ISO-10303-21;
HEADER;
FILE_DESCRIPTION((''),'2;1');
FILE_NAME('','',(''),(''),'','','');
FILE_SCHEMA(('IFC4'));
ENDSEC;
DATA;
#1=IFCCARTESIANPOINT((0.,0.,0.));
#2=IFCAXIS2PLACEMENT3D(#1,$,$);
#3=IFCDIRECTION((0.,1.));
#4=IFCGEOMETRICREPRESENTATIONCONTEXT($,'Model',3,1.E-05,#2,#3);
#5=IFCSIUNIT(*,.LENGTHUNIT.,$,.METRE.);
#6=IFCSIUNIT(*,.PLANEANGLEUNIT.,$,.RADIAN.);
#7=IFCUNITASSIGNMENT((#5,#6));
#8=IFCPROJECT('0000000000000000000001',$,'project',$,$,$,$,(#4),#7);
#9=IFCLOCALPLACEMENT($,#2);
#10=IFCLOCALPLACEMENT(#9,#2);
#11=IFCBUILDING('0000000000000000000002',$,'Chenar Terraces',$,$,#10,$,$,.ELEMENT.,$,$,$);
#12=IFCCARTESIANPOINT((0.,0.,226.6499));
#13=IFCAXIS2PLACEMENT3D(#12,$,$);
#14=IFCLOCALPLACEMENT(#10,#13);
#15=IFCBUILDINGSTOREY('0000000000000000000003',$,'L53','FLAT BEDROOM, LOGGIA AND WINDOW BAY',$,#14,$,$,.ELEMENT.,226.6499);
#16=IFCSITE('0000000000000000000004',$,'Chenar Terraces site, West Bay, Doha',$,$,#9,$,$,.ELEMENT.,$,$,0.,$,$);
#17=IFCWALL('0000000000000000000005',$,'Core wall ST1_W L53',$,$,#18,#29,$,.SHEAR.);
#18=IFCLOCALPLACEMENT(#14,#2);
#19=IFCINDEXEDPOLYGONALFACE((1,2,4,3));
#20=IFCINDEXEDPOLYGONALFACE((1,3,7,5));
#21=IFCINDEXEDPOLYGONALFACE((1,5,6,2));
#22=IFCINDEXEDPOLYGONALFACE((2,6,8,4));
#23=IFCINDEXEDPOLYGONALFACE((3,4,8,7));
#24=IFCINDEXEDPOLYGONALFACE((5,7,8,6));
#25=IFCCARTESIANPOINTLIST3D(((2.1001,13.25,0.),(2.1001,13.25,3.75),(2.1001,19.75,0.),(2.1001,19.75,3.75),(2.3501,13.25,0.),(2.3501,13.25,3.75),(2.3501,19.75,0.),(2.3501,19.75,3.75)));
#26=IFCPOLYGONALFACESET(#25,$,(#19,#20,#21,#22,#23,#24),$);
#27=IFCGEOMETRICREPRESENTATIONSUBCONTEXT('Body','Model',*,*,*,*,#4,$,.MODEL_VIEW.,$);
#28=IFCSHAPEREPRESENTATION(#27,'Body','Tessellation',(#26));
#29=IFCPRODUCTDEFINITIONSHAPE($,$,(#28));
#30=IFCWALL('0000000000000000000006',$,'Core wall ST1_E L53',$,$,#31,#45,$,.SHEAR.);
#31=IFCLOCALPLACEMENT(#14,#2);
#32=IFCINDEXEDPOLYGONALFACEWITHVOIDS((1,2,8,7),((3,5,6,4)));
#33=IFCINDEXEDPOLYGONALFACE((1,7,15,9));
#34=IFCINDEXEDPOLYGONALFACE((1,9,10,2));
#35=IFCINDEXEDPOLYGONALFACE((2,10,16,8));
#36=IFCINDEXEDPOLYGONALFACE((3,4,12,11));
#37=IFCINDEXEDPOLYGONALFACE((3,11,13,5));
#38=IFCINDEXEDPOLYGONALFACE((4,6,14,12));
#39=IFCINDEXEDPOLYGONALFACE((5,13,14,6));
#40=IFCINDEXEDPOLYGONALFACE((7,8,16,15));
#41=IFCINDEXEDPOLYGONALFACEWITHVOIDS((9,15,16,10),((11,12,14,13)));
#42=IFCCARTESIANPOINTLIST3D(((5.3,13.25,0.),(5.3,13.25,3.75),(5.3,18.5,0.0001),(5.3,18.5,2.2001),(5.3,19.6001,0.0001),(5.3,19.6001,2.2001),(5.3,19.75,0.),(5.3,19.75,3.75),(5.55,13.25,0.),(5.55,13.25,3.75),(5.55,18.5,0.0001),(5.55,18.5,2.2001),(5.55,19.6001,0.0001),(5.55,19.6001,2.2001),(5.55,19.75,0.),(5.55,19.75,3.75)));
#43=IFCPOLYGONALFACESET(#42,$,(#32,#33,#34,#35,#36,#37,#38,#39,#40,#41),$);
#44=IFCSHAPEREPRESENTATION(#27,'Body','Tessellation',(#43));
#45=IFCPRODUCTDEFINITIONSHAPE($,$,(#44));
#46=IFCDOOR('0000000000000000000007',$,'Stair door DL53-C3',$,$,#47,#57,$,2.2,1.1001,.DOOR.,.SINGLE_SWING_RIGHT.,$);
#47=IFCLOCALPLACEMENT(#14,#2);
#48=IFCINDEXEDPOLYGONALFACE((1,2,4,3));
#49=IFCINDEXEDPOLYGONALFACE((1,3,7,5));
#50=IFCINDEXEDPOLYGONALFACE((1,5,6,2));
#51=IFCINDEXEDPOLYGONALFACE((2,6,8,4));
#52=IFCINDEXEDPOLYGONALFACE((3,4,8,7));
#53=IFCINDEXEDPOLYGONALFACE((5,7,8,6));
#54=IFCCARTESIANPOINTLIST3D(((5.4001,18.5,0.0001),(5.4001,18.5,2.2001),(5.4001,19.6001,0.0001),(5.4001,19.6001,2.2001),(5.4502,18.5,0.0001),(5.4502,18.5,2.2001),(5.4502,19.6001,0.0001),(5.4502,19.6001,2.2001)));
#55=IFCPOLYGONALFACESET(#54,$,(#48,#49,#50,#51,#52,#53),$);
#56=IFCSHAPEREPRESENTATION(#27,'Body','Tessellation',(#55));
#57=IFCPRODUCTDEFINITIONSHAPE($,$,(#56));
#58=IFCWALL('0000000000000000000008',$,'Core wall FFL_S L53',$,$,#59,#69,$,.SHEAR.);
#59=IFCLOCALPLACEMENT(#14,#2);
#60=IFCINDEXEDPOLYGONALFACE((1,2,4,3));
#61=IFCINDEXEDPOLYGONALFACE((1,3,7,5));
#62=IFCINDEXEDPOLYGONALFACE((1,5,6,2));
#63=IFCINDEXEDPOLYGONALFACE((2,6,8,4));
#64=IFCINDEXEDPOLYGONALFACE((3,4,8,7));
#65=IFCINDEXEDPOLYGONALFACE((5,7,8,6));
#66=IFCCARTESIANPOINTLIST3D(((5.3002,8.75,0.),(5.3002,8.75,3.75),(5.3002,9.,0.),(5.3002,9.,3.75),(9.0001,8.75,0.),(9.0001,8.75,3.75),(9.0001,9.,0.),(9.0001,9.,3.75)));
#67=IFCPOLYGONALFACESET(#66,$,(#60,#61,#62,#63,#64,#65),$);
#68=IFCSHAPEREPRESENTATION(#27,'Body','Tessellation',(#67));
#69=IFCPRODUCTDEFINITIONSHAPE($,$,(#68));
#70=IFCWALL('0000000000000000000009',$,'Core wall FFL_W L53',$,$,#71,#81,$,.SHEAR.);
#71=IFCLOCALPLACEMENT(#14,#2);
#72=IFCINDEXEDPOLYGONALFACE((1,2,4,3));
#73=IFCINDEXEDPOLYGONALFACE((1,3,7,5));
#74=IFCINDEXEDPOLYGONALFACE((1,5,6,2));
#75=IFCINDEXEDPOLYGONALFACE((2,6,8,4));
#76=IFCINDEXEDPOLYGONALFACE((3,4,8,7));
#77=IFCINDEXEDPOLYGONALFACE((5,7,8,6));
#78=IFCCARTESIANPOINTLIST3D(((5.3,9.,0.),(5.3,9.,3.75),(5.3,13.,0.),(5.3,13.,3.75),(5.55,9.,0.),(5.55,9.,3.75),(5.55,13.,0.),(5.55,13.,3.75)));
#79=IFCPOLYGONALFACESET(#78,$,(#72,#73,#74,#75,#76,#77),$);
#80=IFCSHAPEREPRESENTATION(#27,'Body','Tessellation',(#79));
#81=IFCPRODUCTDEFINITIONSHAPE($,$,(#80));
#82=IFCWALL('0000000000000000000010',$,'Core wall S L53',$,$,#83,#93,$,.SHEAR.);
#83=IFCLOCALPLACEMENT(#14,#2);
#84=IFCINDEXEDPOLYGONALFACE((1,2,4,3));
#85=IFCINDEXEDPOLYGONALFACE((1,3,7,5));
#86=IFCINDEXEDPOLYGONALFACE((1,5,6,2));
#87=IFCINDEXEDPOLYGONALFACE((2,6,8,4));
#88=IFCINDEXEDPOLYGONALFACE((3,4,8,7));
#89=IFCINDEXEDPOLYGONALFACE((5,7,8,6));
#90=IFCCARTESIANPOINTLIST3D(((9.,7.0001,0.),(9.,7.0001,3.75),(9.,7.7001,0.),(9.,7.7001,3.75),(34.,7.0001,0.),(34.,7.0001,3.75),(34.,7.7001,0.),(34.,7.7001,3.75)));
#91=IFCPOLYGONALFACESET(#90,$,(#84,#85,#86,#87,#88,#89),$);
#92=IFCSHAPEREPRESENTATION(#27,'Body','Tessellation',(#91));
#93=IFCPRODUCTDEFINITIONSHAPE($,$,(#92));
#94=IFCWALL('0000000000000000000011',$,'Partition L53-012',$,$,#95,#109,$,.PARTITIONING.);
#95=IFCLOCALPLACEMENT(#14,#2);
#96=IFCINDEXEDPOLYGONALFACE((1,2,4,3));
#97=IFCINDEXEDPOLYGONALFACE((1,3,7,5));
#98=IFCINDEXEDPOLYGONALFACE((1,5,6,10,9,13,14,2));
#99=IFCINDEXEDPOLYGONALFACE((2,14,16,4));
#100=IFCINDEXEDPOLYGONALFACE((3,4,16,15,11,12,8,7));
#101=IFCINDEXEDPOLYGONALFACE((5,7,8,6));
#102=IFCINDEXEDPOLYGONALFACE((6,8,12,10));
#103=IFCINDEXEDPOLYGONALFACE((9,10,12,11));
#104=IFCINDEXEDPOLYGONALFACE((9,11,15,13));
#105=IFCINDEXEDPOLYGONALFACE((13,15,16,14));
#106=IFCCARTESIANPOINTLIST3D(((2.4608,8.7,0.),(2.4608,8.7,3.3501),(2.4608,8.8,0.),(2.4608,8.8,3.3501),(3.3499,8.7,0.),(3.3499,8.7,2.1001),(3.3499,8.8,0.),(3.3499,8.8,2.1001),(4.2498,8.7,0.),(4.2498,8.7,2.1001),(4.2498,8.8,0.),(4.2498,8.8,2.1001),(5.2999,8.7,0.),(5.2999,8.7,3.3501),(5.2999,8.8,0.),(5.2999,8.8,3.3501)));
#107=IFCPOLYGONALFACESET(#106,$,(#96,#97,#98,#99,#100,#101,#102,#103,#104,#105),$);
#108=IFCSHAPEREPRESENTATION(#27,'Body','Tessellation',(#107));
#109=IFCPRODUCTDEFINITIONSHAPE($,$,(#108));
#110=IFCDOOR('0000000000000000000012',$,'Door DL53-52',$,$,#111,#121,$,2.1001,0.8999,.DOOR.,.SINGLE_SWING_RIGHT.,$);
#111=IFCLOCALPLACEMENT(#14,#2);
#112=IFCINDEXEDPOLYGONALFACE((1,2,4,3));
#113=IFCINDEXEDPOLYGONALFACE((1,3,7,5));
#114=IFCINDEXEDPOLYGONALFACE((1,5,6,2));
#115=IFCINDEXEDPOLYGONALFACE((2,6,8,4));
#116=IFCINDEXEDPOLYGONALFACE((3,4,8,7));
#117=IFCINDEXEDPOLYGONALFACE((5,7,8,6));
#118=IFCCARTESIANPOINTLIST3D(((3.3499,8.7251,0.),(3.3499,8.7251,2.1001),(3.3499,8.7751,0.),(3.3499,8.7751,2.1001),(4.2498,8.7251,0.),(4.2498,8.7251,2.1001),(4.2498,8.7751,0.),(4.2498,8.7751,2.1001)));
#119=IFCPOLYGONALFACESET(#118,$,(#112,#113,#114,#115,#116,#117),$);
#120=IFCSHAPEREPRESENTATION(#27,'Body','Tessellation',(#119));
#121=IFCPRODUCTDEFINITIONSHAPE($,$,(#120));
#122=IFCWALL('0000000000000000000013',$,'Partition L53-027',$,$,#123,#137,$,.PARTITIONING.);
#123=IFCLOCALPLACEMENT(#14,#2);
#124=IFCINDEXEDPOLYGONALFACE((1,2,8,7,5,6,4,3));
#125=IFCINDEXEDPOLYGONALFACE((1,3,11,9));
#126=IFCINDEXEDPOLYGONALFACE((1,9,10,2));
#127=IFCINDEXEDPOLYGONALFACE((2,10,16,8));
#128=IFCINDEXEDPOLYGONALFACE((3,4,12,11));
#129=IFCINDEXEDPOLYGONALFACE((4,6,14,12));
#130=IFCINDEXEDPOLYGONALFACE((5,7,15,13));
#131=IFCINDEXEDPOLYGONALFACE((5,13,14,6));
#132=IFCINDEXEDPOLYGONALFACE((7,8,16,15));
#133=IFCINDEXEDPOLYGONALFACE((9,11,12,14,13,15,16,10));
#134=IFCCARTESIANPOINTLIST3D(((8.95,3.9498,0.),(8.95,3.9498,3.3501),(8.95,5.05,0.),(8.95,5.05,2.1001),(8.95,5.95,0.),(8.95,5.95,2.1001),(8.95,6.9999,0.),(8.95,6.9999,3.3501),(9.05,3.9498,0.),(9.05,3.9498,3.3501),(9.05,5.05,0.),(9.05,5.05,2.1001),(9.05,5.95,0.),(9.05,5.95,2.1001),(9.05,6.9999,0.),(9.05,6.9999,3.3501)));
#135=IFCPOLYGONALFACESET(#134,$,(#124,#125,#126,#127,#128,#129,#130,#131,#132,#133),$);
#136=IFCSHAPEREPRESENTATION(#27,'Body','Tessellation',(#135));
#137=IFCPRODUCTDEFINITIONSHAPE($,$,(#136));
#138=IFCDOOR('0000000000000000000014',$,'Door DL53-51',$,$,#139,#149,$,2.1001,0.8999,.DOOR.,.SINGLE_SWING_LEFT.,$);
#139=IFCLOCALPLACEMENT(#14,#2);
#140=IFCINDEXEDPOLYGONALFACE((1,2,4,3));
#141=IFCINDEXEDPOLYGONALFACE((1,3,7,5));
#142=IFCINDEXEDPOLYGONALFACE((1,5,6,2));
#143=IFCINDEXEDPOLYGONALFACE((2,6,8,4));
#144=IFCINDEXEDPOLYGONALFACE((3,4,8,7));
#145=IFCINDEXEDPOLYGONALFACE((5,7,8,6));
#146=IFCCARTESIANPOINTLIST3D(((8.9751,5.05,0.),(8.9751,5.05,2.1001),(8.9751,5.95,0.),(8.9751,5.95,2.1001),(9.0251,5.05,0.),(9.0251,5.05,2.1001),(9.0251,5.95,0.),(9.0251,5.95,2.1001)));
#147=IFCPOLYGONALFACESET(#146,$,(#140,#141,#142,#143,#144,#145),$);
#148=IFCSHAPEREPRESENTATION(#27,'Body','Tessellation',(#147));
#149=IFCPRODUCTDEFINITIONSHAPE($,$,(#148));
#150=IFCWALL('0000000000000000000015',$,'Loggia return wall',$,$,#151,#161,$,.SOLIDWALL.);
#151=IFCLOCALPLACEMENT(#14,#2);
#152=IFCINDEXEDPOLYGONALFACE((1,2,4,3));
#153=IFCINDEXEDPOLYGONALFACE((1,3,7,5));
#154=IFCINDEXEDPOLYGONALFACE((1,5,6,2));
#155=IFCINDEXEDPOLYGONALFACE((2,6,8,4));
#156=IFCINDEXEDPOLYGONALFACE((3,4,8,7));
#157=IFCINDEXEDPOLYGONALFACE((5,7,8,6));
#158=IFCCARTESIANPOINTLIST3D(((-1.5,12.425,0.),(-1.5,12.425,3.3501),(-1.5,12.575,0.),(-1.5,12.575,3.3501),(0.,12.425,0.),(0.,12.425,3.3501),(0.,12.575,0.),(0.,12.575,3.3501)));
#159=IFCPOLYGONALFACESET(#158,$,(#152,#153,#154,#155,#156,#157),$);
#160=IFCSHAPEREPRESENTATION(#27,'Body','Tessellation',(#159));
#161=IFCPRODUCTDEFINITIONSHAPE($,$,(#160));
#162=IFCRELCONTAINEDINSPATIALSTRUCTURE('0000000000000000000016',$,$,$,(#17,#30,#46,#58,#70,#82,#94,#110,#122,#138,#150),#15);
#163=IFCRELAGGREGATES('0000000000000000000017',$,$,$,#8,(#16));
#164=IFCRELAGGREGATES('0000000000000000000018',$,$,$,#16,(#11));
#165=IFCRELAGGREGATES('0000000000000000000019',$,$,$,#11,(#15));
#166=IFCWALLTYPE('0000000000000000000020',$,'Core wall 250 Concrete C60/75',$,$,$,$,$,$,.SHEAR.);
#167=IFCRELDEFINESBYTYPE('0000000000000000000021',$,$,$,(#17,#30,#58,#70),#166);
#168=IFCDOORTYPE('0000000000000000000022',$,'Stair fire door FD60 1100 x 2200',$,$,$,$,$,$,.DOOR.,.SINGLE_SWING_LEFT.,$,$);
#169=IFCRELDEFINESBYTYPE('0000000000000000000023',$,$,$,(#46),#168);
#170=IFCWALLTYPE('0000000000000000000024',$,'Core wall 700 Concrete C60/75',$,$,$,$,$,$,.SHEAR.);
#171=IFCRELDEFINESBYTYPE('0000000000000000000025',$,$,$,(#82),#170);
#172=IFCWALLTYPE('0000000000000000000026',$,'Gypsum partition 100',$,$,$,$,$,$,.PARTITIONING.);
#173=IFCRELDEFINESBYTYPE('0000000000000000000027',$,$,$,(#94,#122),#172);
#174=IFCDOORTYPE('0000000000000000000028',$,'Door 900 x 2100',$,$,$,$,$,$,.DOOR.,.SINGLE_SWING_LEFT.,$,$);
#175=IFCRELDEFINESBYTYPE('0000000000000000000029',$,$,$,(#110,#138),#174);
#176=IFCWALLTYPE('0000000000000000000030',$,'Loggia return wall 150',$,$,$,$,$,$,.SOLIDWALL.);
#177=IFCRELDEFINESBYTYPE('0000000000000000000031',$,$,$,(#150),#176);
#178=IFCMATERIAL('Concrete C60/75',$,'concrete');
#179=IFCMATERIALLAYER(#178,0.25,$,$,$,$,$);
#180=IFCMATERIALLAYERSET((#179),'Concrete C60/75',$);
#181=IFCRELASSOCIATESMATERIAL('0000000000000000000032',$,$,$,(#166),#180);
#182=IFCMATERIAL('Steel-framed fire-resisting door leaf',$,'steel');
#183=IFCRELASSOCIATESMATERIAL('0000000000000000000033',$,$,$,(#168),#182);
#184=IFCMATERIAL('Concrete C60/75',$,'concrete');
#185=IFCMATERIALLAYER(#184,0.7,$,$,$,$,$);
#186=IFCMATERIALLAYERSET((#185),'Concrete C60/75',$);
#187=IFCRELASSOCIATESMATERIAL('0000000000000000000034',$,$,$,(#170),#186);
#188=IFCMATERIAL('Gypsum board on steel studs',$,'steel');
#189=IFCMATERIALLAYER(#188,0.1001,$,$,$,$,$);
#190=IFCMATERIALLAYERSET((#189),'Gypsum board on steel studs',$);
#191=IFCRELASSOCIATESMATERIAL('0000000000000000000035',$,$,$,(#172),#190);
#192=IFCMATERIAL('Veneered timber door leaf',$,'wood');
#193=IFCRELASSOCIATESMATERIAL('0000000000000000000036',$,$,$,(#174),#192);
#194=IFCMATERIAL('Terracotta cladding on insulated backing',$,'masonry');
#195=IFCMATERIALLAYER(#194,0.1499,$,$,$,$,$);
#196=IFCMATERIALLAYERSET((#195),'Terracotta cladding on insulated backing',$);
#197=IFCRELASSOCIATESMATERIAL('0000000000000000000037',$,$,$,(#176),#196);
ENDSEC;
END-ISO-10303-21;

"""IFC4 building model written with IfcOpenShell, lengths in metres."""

from ifc_helpers import new_model, si_unit, direction, frame, frame_2d, origin, place, context, subcontext, project, spatial, rectangle, extrude, material, layer, layer_set, type_object, element, fill, save


model = new_model("IFC4")

# Units and contexts
model_context = context("Model", 3, precision=1e-05, world=origin(), true_north=direction((0.0, 1.0)))
body_context = subcontext(model_context, "Body", "Model", "MODEL_VIEW")
ifc_project = project(units=[si_unit("LENGTHUNIT", "METRE"), si_unit("PLANEANGLEUNIT", "RADIAN")], contexts=[model_context])

# Site, building, storey
site_placement = place(None, origin())
site = spatial("IfcSite", under=ifc_project, at=site_placement, Name="Chenar Terraces site, West Bay, Doha", CompositionType="ELEMENT", RefElevation=0.0)
building_placement = place(site_placement, origin())
building = spatial("IfcBuilding", under=site, at=building_placement, Name="Chenar Terraces", CompositionType="ELEMENT")
storey_placement = place(building_placement, frame((0.0, 0.0, 226.6499)))
storey = spatial("IfcBuildingStorey", under=building, at=storey_placement, Name="L53", Description="FLAT BEDROOM, LOGGIA AND WINDOW BAY", CompositionType="ELEMENT", Elevation=226.6499)

# Wall
ifc_material_1 = material(Name="Concrete C60/75", Category="concrete")
ifc_layer_1 = layer(ifc_material_1, 0.25)
ifc_layer_set_1 = layer_set([ifc_layer_1], Name="Concrete C60/75")
wall_type_1 = type_object("IfcWallType", Name="Core wall 250 Concrete C60/75", PredefinedType="SHEAR", material=ifc_layer_set_1)
wall_1_placement = place(storey_placement, frame((2.2251, 13.25, 0.0), z_axis=(0.0, 0.0, 1.0), x_axis=(0.0, 1.0, 0.0)))
element("IfcWall", 1, at=wall_1_placement, inside=storey, type_object=wall_type_1, Name="Core wall ST1_W L53", PredefinedType="SHEAR", context=body_context, shape_type="SweptSolid", body=[
    extrude(rectangle(XDim=6.5, YDim=0.25, at=frame_2d((3.25, 0.0))), origin(), (0.0, 0.0, 1.0), 3.75),
])

# Wall, opening, door
wall_2_placement = place(storey_placement, frame((5.425, 13.25, 0.0), z_axis=(0.0, 0.0, 1.0), x_axis=(0.0, 1.0, 0.0)))
wall_2 = element("IfcWall", 2, at=wall_2_placement, inside=storey, type_object=wall_type_1, Name="Core wall ST1_E L53", PredefinedType="SHEAR", context=body_context, shape_type="SweptSolid", body=[
    extrude(rectangle(XDim=6.5, YDim=0.25, at=frame_2d((3.25, 0.0))), origin(), (0.0, 0.0, 1.0), 3.75),
])
opening_1_placement = place(wall_2_placement, frame((5.25, 0.0, 0.0)))
opening_1 = element("IfcOpeningElement", 3, at=opening_1_placement, cuts=wall_2, PredefinedType="OPENING", context=body_context, shape_type="SweptSolid", body=[
    extrude(rectangle(XDim=1.1001, YDim=2.2, at=frame_2d((0.55, 1.1001))), frame((0.0, 0.135, 0.0), z_axis=(0.0, -1.0, 0.0), x_axis=(1.0, 0.0, 0.0)), (0.0, 0.0, 1.0), 0.27),
])
ifc_material_2 = material(Name="Steel-framed fire-resisting door leaf", Category="steel")
door_type_1 = type_object("IfcDoorType", Name="Stair fire door FD60 1100 x 2200", OperationType="SINGLE_SWING_LEFT", PredefinedType="DOOR", material=ifc_material_2)
door_1_placement = place(opening_1_placement, origin())
door_1 = element("IfcDoor", 4, at=door_1_placement, inside=storey, type_object=door_type_1, Name="Stair door DL53-C3", OperationType="SINGLE_SWING_RIGHT", OverallHeight=2.2, OverallWidth=1.1001, PredefinedType="DOOR", context=body_context, shape_type="SweptSolid", body=[
    extrude(rectangle(XDim=1.1001, YDim=2.2, at=frame_2d((0.55, 1.1001))), frame((0.0, 0.0249, 0.0), z_axis=(0.0, -1.0, 0.0), x_axis=(1.0, 0.0, 0.0)), (0.0, 0.0, 1.0), 0.05),
])
fill(opening_1, door_1)

# Walls
wall_3_placement = place(storey_placement, frame((5.3, 8.875, 0.0), z_axis=(0.0, 0.0, 1.0), x_axis=(1.0, 0.0, 0.0)))
element("IfcWall", 5, at=wall_3_placement, inside=storey, type_object=wall_type_1, Name="Core wall FFL_S L53", PredefinedType="SHEAR", context=body_context, shape_type="SweptSolid", body=[
    extrude(rectangle(XDim=3.7, YDim=0.25, at=frame_2d((1.8501, 0.0))), origin(), (0.0, 0.0, 1.0), 3.75),
])
wall_4_placement = place(storey_placement, frame((5.425, 9.0, 0.0), z_axis=(0.0, 0.0, 1.0), x_axis=(0.0, 1.0, 0.0)))
element("IfcWall", 6, at=wall_4_placement, inside=storey, type_object=wall_type_1, Name="Core wall FFL_W L53", PredefinedType="SHEAR", context=body_context, shape_type="SweptSolid", body=[
    extrude(rectangle(XDim=4.0, YDim=0.25, at=frame_2d((2.0, 0.0))), origin(), (0.0, 0.0, 1.0), 3.75),
])
ifc_material_3 = material(Name="Concrete C60/75", Category="concrete")
ifc_layer_2 = layer(ifc_material_3, 0.7)
ifc_layer_set_2 = layer_set([ifc_layer_2], Name="Concrete C60/75")
wall_type_2 = type_object("IfcWallType", Name="Core wall 700 Concrete C60/75", PredefinedType="SHEAR", material=ifc_layer_set_2)
wall_5_placement = place(storey_placement, frame((9.0, 7.3501, 0.0), z_axis=(0.0, 0.0, 1.0), x_axis=(1.0, 0.0, 0.0)))
element("IfcWall", 7, at=wall_5_placement, inside=storey, type_object=wall_type_2, Name="Core wall S L53", PredefinedType="SHEAR", context=body_context, shape_type="SweptSolid", body=[
    extrude(rectangle(XDim=25.0, YDim=0.7, at=frame_2d((12.5, 0.0))), origin(), (0.0, 0.0, 1.0), 3.75),
])

# Walls, openings, doors
ifc_material_4 = material(Name="Gypsum board on steel studs", Category="steel")
ifc_layer_3 = layer(ifc_material_4, 0.1001)
ifc_layer_set_3 = layer_set([ifc_layer_3], Name="Gypsum board on steel studs")
wall_type_3 = type_object("IfcWallType", Name="Gypsum partition 100", PredefinedType="PARTITIONING", material=ifc_layer_set_3)
wall_6_placement = place(storey_placement, frame((2.4609, 8.75, 0.0), z_axis=(0.0, 0.0, 1.0), x_axis=(1.0, 0.0, 0.0)))
wall_6 = element("IfcWall", 8, at=wall_6_placement, inside=storey, type_object=wall_type_3, Name="Partition L53-012", PredefinedType="PARTITIONING", context=body_context, shape_type="SweptSolid", body=[
    extrude(rectangle(XDim=2.8391, YDim=0.1001, at=frame_2d((1.4194, 0.0))), origin(), (0.0, 0.0, 1.0), 3.3501),
])
opening_2_placement = place(wall_6_placement, frame((0.8889, 0.0, 0.0)))
opening_2 = element("IfcOpeningElement", 9, at=opening_2_placement, cuts=wall_6, PredefinedType="OPENING", context=body_context, shape_type="SweptSolid", body=[
    extrude(rectangle(XDim=0.8999, YDim=2.1001, at=frame_2d((0.45, 1.05))), frame((0.0, 0.0601, 0.0), z_axis=(0.0, -1.0, 0.0), x_axis=(1.0, 0.0, 0.0)), (0.0, 0.0, 1.0), 0.1201),
])
ifc_material_5 = material(Name="Veneered timber door leaf", Category="wood")
door_type_2 = type_object("IfcDoorType", Name="Door 900 x 2100", OperationType="SINGLE_SWING_LEFT", PredefinedType="DOOR", material=ifc_material_5)
door_2_placement = place(opening_2_placement, frame((0.8999, 0.0, 0.0), z_axis=(0.0, 0.0, 1.0), x_axis=(-1.0, 0.0, 0.0)))
door_2 = element("IfcDoor", 10, at=door_2_placement, inside=storey, type_object=door_type_2, Name="Door DL53-52", OperationType="SINGLE_SWING_RIGHT", OverallHeight=2.1001, OverallWidth=0.8999, PredefinedType="DOOR", context=body_context, shape_type="SweptSolid", body=[
    extrude(rectangle(XDim=0.8999, YDim=2.1001, at=frame_2d((0.45, 1.05))), frame((0.0, 0.0249, 0.0), z_axis=(0.0, -1.0, 0.0), x_axis=(1.0, 0.0, 0.0)), (0.0, 0.0, 1.0), 0.05),
])
fill(opening_2, door_2)
wall_7_placement = place(storey_placement, frame((9.0, 3.95, 0.0), z_axis=(0.0, 0.0, 1.0), x_axis=(0.0, 1.0, 0.0)))
wall_7 = element("IfcWall", 11, at=wall_7_placement, inside=storey, type_object=wall_type_3, Name="Partition L53-027", PredefinedType="PARTITIONING", context=body_context, shape_type="SweptSolid", body=[
    extrude(rectangle(XDim=3.05, YDim=0.1001, at=frame_2d((1.5249, 0.0))), origin(), (0.0, 0.0, 1.0), 3.3501),
])
opening_3_placement = place(wall_7_placement, frame((1.1001, 0.0, 0.0)))
opening_3 = element("IfcOpeningElement", 12, at=opening_3_placement, cuts=wall_7, PredefinedType="OPENING", context=body_context, shape_type="SweptSolid", body=[
    extrude(rectangle(XDim=0.8999, YDim=2.1001, at=frame_2d((0.45, 1.05))), frame((0.0, 0.0601, 0.0), z_axis=(0.0, -1.0, 0.0), x_axis=(1.0, 0.0, 0.0)), (0.0, 0.0, 1.0), 0.1201),
])
door_3_placement = place(opening_3_placement, origin())
door_3 = element("IfcDoor", 13, at=door_3_placement, inside=storey, type_object=door_type_2, Name="Door DL53-51", OperationType="SINGLE_SWING_LEFT", OverallHeight=2.1001, OverallWidth=0.8999, PredefinedType="DOOR", context=body_context, shape_type="SweptSolid", body=[
    extrude(rectangle(XDim=0.8999, YDim=2.1001, at=frame_2d((0.45, 1.05))), frame((0.0, 0.0249, 0.0), z_axis=(0.0, -1.0, 0.0), x_axis=(1.0, 0.0, 0.0)), (0.0, 0.0, 1.0), 0.05),
])
fill(opening_3, door_3)

# Wall
ifc_material_6 = material(Name="Terracotta cladding on insulated backing", Category="masonry")
ifc_layer_4 = layer(ifc_material_6, 0.1499)
ifc_layer_set_4 = layer_set([ifc_layer_4], Name="Terracotta cladding on insulated backing")
wall_type_4 = type_object("IfcWallType", Name="Loggia return wall 150", PredefinedType="SOLIDWALL", material=ifc_layer_set_4)
wall_8_placement = place(storey_placement, frame((-1.5, 12.5, 0.0), z_axis=(0.0, 0.0, 1.0), x_axis=(1.0, 0.0, 0.0)))
element("IfcWall", 14, at=wall_8_placement, inside=storey, type_object=wall_type_4, Name="Loggia return wall", PredefinedType="SOLIDWALL", context=body_context, shape_type="SweptSolid", body=[
    extrude(rectangle(XDim=1.5, YDim=0.1499, at=frame_2d((0.75, 0.0))), origin(), (0.0, 0.0, 1.0), 3.3501),
])

save(model, "model.ifc")
